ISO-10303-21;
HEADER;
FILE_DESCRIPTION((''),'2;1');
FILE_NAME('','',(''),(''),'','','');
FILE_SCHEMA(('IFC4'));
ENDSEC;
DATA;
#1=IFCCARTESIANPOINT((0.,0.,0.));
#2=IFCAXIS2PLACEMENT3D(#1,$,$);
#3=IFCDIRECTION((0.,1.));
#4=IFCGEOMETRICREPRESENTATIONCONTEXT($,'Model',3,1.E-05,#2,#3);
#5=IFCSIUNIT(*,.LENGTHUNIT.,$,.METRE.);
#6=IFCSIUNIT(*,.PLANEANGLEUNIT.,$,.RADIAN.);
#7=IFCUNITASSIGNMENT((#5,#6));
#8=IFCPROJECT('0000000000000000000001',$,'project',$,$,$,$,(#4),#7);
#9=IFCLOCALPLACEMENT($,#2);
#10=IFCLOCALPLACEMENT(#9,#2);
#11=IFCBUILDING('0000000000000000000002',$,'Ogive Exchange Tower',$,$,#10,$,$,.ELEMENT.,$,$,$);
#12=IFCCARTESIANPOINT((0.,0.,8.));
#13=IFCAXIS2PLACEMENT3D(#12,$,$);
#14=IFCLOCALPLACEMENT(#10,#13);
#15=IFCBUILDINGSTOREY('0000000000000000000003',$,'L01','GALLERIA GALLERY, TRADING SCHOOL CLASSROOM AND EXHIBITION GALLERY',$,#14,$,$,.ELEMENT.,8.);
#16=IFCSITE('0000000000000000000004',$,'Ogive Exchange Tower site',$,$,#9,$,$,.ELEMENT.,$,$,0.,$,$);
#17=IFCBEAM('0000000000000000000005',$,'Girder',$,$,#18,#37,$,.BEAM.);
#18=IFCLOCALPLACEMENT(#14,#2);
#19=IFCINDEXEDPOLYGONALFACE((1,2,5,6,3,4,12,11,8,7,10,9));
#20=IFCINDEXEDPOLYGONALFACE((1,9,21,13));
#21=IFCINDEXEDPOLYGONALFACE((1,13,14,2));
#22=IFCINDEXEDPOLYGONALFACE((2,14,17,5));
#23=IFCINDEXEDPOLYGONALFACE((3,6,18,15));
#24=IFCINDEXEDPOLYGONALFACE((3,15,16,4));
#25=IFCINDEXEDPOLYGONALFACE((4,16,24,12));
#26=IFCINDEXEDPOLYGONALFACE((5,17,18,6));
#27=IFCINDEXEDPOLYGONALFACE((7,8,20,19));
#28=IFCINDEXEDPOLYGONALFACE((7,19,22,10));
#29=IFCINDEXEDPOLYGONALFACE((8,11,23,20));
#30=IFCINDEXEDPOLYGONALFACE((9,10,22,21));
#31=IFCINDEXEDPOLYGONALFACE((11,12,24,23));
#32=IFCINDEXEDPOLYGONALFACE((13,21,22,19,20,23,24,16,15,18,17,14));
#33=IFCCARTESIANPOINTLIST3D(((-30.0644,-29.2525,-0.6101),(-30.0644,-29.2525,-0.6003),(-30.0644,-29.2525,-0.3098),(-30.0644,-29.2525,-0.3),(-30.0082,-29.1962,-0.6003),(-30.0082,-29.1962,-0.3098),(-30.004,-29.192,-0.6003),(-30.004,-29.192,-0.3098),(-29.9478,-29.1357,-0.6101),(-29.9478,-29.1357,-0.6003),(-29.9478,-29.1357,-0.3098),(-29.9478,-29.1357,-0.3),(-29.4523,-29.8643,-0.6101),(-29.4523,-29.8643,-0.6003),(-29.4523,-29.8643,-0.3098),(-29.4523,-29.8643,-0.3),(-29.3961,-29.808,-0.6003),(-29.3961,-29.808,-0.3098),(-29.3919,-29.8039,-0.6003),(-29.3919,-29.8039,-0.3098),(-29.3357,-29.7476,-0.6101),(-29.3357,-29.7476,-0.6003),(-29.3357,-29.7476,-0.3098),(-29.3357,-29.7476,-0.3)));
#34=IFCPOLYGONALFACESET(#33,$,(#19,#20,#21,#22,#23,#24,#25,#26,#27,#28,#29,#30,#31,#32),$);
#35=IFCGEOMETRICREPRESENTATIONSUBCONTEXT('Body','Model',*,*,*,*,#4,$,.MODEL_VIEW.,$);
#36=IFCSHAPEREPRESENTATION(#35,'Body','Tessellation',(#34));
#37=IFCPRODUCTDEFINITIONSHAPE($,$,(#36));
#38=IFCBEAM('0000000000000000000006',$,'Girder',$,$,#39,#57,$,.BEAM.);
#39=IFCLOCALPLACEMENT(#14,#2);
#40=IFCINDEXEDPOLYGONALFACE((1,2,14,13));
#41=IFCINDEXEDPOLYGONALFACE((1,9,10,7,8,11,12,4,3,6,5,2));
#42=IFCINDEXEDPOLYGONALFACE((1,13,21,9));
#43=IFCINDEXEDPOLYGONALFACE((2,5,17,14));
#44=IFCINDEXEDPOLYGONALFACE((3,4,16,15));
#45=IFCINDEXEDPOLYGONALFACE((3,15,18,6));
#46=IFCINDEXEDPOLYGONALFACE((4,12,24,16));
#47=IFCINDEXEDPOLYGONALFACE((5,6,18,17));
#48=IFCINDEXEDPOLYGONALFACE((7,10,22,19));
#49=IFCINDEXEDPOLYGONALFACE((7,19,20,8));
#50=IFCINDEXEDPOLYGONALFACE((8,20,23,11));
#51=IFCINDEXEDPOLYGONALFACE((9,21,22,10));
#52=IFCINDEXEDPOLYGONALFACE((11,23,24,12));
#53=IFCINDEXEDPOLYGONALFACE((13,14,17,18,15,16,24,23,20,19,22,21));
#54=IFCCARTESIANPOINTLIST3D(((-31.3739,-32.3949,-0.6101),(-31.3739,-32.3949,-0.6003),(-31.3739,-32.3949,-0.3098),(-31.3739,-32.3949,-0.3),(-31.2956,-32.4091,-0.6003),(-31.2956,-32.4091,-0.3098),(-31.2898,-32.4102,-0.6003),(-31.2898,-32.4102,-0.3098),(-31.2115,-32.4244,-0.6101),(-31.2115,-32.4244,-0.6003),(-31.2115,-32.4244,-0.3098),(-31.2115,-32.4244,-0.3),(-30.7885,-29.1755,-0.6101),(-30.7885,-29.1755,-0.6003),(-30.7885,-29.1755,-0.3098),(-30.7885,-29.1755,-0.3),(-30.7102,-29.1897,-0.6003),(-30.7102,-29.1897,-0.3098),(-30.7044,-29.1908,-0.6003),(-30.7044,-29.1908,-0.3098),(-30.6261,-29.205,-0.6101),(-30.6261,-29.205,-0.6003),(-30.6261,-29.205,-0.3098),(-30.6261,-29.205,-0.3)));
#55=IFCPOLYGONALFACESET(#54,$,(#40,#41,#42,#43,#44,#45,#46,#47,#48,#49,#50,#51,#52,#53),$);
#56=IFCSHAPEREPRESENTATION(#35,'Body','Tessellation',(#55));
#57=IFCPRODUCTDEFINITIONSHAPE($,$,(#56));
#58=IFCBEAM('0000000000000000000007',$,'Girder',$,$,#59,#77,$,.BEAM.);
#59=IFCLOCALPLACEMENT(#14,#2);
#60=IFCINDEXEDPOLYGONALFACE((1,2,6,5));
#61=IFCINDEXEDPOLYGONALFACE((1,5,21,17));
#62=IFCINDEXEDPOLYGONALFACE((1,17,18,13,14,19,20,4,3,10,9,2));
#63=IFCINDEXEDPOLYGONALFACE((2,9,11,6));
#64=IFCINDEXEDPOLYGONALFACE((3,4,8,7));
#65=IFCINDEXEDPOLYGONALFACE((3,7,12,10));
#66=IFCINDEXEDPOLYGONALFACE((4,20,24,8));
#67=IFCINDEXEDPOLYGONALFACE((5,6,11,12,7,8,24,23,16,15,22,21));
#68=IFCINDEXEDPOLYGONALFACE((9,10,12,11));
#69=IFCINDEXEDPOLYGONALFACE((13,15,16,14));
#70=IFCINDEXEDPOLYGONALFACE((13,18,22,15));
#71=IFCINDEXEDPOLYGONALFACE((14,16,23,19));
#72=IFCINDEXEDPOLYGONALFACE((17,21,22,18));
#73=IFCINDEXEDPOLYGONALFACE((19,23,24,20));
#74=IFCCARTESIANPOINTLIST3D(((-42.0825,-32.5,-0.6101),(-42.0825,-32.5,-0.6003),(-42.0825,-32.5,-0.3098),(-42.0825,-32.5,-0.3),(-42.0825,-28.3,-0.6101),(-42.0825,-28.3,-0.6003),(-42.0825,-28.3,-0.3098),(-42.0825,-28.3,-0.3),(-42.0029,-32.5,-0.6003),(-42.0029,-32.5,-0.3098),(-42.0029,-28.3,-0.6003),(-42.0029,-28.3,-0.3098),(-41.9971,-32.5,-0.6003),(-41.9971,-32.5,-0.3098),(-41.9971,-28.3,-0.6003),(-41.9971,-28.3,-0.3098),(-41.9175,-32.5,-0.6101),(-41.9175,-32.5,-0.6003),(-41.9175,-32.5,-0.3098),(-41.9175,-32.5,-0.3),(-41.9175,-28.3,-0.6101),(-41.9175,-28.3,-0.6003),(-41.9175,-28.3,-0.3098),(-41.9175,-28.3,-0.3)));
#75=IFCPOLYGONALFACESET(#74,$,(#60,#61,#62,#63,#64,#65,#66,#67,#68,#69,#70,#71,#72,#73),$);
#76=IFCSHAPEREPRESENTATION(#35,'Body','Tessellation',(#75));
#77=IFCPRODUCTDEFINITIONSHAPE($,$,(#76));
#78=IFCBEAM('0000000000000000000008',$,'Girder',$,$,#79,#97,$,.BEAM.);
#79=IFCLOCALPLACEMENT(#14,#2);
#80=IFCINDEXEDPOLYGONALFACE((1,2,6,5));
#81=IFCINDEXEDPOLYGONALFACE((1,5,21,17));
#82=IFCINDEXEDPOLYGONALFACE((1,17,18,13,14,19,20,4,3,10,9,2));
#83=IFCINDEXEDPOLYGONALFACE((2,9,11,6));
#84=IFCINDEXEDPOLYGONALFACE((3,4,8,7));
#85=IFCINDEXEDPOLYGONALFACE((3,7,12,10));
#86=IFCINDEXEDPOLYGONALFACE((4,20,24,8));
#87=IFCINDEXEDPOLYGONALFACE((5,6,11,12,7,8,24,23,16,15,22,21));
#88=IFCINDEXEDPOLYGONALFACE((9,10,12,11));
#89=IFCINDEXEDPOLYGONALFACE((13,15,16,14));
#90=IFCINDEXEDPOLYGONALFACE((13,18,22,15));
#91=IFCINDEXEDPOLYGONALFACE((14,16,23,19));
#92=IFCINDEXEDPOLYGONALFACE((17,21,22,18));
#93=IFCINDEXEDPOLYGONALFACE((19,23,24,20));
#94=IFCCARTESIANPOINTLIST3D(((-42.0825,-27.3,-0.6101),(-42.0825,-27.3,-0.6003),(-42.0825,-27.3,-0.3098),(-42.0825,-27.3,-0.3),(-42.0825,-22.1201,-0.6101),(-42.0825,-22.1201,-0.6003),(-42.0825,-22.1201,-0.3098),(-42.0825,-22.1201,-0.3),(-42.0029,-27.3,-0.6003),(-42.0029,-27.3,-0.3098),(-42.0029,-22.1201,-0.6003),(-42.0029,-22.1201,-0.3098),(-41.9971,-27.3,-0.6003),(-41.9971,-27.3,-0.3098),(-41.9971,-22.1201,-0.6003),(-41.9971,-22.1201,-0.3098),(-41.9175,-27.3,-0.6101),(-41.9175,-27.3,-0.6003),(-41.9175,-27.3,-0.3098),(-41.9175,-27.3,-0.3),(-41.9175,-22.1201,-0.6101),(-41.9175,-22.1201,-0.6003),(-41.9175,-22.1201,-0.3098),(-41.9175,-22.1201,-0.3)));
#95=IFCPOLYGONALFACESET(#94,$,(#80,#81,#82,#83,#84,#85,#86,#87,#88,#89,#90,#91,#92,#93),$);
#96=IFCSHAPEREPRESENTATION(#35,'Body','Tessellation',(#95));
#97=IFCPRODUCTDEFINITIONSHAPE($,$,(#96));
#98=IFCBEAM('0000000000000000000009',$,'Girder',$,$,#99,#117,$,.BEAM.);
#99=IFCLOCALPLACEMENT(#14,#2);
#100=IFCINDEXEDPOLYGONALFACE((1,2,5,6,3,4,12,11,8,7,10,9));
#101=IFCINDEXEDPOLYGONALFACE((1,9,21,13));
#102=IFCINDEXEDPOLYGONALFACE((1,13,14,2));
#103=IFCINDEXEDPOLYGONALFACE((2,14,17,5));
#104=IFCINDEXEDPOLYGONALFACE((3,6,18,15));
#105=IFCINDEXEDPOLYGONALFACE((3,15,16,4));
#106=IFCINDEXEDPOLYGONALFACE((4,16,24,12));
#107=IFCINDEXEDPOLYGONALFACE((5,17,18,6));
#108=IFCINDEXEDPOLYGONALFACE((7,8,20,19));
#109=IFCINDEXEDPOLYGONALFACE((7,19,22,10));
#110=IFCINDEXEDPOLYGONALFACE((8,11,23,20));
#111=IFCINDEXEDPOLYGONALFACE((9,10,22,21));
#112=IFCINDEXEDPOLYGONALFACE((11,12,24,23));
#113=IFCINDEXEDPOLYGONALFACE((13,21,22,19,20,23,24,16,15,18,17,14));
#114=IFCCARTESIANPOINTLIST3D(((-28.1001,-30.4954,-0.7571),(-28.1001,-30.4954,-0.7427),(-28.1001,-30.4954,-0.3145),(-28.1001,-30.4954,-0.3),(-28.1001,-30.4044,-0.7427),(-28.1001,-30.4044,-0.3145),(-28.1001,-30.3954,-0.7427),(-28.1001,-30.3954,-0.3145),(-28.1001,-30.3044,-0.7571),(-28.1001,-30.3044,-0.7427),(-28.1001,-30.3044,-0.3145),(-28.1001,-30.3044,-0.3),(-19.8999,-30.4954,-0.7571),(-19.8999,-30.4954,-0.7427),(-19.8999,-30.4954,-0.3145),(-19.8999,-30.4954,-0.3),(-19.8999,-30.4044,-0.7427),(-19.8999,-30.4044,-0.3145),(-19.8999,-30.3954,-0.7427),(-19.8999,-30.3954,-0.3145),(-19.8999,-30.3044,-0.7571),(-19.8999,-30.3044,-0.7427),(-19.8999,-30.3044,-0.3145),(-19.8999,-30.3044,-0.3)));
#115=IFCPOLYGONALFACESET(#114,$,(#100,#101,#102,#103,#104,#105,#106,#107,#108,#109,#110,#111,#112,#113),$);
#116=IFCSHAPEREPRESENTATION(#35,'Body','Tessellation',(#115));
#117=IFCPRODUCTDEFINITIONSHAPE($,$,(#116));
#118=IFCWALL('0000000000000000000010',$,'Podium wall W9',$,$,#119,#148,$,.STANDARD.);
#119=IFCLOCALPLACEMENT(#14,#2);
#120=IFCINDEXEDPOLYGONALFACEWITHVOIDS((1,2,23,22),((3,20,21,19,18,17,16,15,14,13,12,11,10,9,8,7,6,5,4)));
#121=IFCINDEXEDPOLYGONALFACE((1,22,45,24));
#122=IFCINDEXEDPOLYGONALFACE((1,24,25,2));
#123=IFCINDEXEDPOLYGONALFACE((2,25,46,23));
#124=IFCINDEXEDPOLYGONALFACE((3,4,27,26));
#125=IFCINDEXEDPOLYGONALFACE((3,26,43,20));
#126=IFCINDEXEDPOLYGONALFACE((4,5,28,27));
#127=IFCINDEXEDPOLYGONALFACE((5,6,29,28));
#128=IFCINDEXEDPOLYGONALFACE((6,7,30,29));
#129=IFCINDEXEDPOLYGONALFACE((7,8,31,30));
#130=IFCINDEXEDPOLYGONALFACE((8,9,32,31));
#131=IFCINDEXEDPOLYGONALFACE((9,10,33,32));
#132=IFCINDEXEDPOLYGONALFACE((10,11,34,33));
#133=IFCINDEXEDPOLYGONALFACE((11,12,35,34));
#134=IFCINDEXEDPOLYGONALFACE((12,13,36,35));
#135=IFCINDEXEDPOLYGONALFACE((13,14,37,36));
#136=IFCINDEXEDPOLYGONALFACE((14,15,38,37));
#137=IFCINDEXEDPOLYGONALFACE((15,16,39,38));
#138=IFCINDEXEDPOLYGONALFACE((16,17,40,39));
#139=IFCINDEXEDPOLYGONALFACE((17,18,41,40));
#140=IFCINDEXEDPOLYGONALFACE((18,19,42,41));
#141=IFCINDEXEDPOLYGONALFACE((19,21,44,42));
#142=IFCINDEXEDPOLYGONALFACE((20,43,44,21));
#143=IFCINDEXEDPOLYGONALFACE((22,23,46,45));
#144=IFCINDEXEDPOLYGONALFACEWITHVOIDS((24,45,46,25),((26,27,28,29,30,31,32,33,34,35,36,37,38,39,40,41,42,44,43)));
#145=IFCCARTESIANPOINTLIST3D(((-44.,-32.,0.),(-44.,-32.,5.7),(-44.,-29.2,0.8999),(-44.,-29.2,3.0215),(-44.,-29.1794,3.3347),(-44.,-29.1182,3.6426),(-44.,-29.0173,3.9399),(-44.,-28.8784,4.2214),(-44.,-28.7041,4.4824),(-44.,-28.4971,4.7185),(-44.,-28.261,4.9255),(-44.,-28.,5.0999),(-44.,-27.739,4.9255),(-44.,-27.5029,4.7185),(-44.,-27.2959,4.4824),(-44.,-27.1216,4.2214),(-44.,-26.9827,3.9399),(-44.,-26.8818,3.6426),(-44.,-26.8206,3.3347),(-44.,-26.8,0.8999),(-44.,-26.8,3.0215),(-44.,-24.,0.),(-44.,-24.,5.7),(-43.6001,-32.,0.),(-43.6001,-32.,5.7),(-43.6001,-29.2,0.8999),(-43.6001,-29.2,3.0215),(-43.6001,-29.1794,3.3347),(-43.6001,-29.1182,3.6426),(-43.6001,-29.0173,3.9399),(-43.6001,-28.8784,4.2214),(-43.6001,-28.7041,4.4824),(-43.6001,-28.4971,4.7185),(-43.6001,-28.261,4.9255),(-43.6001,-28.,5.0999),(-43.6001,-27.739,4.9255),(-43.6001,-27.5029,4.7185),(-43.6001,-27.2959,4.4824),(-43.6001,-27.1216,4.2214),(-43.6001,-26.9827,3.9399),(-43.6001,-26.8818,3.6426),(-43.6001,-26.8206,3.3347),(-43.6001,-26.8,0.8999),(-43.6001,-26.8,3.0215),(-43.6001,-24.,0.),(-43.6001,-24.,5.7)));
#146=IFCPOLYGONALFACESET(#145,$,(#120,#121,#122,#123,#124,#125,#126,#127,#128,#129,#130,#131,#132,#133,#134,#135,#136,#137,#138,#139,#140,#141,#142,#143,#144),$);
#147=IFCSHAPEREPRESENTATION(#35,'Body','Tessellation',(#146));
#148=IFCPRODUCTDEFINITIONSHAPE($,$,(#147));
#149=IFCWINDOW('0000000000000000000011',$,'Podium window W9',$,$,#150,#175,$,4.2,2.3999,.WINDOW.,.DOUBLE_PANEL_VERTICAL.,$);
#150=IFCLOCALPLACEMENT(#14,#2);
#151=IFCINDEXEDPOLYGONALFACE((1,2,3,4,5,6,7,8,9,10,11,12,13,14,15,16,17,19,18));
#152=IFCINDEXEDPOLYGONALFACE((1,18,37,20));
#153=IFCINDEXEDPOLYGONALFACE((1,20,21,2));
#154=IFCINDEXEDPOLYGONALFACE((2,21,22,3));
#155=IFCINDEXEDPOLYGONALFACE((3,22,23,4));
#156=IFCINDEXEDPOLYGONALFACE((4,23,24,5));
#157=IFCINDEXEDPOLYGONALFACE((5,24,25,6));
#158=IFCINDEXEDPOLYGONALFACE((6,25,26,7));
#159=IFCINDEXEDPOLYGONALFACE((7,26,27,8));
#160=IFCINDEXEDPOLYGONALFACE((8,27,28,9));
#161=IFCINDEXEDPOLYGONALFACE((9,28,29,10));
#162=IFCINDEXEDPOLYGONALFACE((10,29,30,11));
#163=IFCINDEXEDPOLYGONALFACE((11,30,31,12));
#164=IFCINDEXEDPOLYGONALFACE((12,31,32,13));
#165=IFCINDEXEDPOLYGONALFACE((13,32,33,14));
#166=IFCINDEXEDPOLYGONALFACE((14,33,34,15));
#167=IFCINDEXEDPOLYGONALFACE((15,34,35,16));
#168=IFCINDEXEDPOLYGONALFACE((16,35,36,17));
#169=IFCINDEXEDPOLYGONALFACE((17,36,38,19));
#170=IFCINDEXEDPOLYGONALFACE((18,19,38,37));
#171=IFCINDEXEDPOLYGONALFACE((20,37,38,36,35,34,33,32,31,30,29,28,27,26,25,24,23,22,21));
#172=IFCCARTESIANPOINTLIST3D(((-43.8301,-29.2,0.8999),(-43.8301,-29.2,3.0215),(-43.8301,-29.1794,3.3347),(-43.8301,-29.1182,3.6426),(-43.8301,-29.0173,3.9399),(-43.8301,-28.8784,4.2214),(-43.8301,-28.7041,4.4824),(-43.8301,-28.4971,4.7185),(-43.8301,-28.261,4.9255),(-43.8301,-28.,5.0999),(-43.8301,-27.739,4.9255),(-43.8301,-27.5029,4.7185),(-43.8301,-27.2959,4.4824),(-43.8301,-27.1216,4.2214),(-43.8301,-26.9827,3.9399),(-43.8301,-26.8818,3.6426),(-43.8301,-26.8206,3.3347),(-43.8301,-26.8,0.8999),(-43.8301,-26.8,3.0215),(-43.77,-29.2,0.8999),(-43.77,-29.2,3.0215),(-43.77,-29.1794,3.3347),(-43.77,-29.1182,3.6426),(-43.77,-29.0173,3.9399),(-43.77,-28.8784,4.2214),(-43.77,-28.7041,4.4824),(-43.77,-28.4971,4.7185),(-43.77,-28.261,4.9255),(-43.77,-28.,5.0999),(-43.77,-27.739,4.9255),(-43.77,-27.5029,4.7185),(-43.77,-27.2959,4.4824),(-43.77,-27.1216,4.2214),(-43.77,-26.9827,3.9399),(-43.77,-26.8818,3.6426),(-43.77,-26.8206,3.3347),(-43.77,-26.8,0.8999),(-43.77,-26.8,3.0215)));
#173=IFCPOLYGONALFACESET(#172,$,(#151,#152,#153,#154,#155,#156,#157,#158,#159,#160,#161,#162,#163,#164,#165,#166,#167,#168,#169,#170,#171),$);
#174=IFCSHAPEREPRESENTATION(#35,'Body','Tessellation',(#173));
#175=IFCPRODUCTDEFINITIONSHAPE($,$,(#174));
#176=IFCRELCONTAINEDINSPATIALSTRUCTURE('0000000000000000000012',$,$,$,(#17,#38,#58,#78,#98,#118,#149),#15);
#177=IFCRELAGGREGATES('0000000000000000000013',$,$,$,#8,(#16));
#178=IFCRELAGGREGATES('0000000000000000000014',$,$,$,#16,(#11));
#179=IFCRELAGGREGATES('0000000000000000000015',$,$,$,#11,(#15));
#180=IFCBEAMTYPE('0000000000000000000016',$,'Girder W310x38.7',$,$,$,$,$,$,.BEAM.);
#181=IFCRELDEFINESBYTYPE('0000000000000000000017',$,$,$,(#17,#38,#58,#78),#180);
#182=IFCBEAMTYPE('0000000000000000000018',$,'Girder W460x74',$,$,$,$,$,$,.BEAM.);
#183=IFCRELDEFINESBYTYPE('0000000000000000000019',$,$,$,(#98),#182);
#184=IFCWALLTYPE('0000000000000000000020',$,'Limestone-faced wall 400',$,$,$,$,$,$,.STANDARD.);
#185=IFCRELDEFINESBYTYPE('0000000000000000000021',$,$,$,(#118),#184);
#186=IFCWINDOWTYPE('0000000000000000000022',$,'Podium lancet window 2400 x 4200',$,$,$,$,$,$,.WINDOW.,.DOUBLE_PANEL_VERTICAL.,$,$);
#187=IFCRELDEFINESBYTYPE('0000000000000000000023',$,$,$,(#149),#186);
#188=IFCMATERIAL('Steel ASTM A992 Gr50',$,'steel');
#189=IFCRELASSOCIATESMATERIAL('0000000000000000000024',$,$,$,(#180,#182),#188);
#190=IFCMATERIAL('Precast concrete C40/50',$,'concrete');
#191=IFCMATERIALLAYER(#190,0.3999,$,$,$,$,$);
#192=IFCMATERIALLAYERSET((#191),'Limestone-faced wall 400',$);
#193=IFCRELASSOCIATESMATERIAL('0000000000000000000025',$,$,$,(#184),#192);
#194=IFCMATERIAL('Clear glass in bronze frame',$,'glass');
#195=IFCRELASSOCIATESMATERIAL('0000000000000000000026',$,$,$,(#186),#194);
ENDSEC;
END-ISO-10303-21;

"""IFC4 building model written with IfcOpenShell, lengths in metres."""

from ifc_helpers import new_model, si_unit, direction, frame, frame_2d, origin, origin_2d, place, context, subcontext, project, spatial, polyline, rectangle, i_section, outline, extrude, material, layer, layer_set, material_profile, profile_set, type_object, element, fill, save


model = new_model("IFC4")

# Units and contexts
model_context = context("Model", 3, precision=1e-05, world=origin(), true_north=direction((0.0, 1.0)))
body_context = subcontext(model_context, "Body", "Model", "MODEL_VIEW")
ifc_project = project(units=[si_unit("LENGTHUNIT", "METRE"), si_unit("PLANEANGLEUNIT", "RADIAN")], contexts=[model_context])

# Site, building, storey
site_placement = place(None, origin())
site = spatial("IfcSite", under=ifc_project, at=site_placement, Name="Ogive Exchange Tower site", CompositionType="ELEMENT", RefElevation=0.0)
building_placement = place(site_placement, origin())
building = spatial("IfcBuilding", under=site, at=building_placement, Name="Ogive Exchange Tower", CompositionType="ELEMENT")
storey_placement = place(building_placement, frame((0.0, 0.0, 8.0)))
storey = spatial("IfcBuildingStorey", under=building, at=storey_placement, Name="L01", Description="GALLERIA GALLERY, TRADING SCHOOL CLASSROOM AND EXHIBITION GALLERY", CompositionType="ELEMENT", Elevation=8.0)

# Beams
ifc_material_1 = material(Name="Steel ASTM A992 Gr50", Category="steel")
ifc_material_profile_1 = material_profile(ifc_material_1, i_section(OverallWidth=0.165, OverallDepth=0.3101, WebThickness=0.0059, FlangeThickness=0.0098, at=origin_2d()), Name="W310x38.7")
ifc_profile_set_1 = profile_set([ifc_material_profile_1], Name="Steel ASTM A992 Gr50")
beam_type_1 = type_object("IfcBeamType", Name="Girder W310x38.7", PredefinedType="BEAM", material=ifc_profile_set_1)
for number, where, z_axis, x_axis, name in (
    (1, (-30.0061, -29.1941, -0.4551), (0.707248, -0.706966, 0.0), (0.706966, 0.707248, 0.0), "Girder"),
):
    element("IfcBeam", number, at=place(storey_placement, frame(where, z_axis=z_axis, x_axis=x_axis)), inside=storey, type_object=beam_type_1, Name=name, PredefinedType="BEAM", context=body_context, shape_type="SweptSolid", body=[
        extrude(i_section(OverallWidth=0.165, OverallDepth=0.3101, WebThickness=0.0059, FlangeThickness=0.0098, at=origin_2d()), origin(), (0.0, 0.0, 1.0), 0.8655),
    ])
beam_1_placement = place(storey_placement, frame((-31.2927, -32.4097, -0.4551), z_axis=(0.178912, 0.983865, 0.0), x_axis=(-0.983865, 0.178912, 0.0)))
element("IfcBeam", 2, at=beam_1_placement, inside=storey, type_object=beam_type_1, Name="Girder", PredefinedType="BEAM", context=body_context, shape_type="SweptSolid", body=[
    extrude(i_section(OverallWidth=0.165, OverallDepth=0.3101, WebThickness=0.0059, FlangeThickness=0.0098, at=origin_2d()), origin(), (0.0, 0.0, 1.0), 3.2722),
])
beam_2_placement = place(storey_placement, frame((-42.0, -32.5, -0.4551), z_axis=(0.0, 1.0, 0.0), x_axis=(-1.0, 0.0, 0.0)))
element("IfcBeam", 3, at=beam_2_placement, inside=storey, type_object=beam_type_1, Name="Girder", PredefinedType="BEAM", context=body_context, shape_type="SweptSolid", body=[
    extrude(i_section(OverallWidth=0.165, OverallDepth=0.3101, WebThickness=0.0059, FlangeThickness=0.0098, at=origin_2d()), origin(), (0.0, 0.0, 1.0), 4.2),
])
beam_3_placement = place(storey_placement, frame((-42.0, -27.3, -0.4551), z_axis=(0.0, 1.0, 0.0), x_axis=(-1.0, 0.0, 0.0)))
element("IfcBeam", 4, at=beam_3_placement, inside=storey, type_object=beam_type_1, Name="Girder", PredefinedType="BEAM", context=body_context, shape_type="SweptSolid", body=[
    extrude(i_section(OverallWidth=0.165, OverallDepth=0.3101, WebThickness=0.0059, FlangeThickness=0.0098, at=origin_2d()), origin(), (0.0, 0.0, 1.0), 5.1799),
])
ifc_material_profile_2 = material_profile(ifc_material_1, i_section(OverallWidth=0.1909, OverallDepth=0.457, WebThickness=0.009, FlangeThickness=0.0144, at=origin_2d()), Name="W460x74")
ifc_profile_set_2 = profile_set([ifc_material_profile_2], Name="Steel ASTM A992 Gr50")
beam_type_2 = type_object("IfcBeamType", Name="Girder W460x74", PredefinedType="BEAM", material=ifc_profile_set_2)
beam_4_placement = place(storey_placement, frame((-28.1001, -30.3999, -0.5286), z_axis=(1.0, 0.0, 0.0), x_axis=(0.0, 1.0, 0.0)))
element("IfcBeam", 5, at=beam_4_placement, inside=storey, type_object=beam_type_2, Name="Girder", PredefinedType="BEAM", context=body_context, shape_type="SweptSolid", body=[
    extrude(i_section(OverallWidth=0.1909, OverallDepth=0.457, WebThickness=0.009, FlangeThickness=0.0144, at=origin_2d()), origin(), (0.0, 0.0, 1.0), 8.2002),
])

# Wall, opening, window
ifc_material_2 = material(Name="Precast concrete C40/50", Category="concrete")
ifc_layer_1 = layer(ifc_material_2, 0.3999)
ifc_layer_set_1 = layer_set([ifc_layer_1], Name="Limestone-faced wall 400")
wall_type_1 = type_object("IfcWallType", Name="Limestone-faced wall 400", PredefinedType="STANDARD", material=ifc_layer_set_1)
wall_1_placement = place(storey_placement, frame((-43.8, -24.0, 0.0), z_axis=(0.0, 0.0, 1.0), x_axis=(0.0, -1.0, 0.0)))
wall_1 = element("IfcWall", 6, at=wall_1_placement, inside=storey, type_object=wall_type_1, Name="Podium wall W9", PredefinedType="STANDARD", context=body_context, shape_type="SweptSolid", body=[
    extrude(rectangle(XDim=8.0, YDim=0.3999, at=frame_2d((4.0, 0.0))), origin(), (0.0, 0.0, 1.0), 5.7),
])
opening_1_placement = place(wall_1_placement, frame((2.8, 0.0, 0.8999)))
opening_1 = element("IfcOpeningElement", 7, at=opening_1_placement, cuts=wall_1, PredefinedType="OPENING", context=body_context, shape_type="SweptSolid", body=[
    extrude(outline(polyline([(0.0, 0.0), (2.3999, 0.0), (2.3999, 2.1216), (2.3794, 2.4348), (2.3181, 2.7427), (2.2173, 3.04), (2.0784, 3.3215), (1.9041, 3.5825), (1.697, 3.8186), (1.4609, 4.0256), (1.2, 4.2), (0.939, 4.0256), (0.7029, 3.8186), (0.4958, 3.5825), (0.3215, 3.3215), (0.1826, 3.04), (0.0818, 2.7427), (0.0205, 2.4348), (0.0, 2.1216), (0.0, 0.0)])), frame((0.0, 0.21, 0.0), z_axis=(0.0, -1.0, 0.0), x_axis=(1.0, 0.0, 0.0)), (0.0, 0.0, 1.0), 0.4199),
])
ifc_material_3 = material(Name="Clear glass in bronze frame", Category="glass")
window_type_1 = type_object("IfcWindowType", Name="Podium lancet window 2400 x 4200", PartitioningType="DOUBLE_PANEL_VERTICAL", PredefinedType="WINDOW", material=ifc_material_3)
window_1_placement = place(opening_1_placement, origin())
window_1 = element("IfcWindow", 8, at=window_1_placement, inside=storey, type_object=window_type_1, Name="Podium window W9", OverallHeight=4.2, OverallWidth=2.3999, PartitioningType="DOUBLE_PANEL_VERTICAL", PredefinedType="WINDOW", context=body_context, shape_type="SweptSolid", body=[
    extrude(outline(polyline([(0.0, 0.0), (2.3999, 0.0), (2.3999, 2.1216), (2.3794, 2.4348), (2.3181, 2.7427), (2.2173, 3.04), (2.0784, 3.3215), (1.9041, 3.5825), (1.697, 3.8186), (1.4609, 4.0256), (1.2, 4.2), (0.939, 4.0256), (0.7029, 3.8186), (0.4958, 3.5825), (0.3215, 3.3215), (0.1826, 3.04), (0.0818, 2.7427), (0.0205, 2.4348), (0.0, 2.1216), (0.0, 0.0)])), frame((0.0, 0.03, 0.0), z_axis=(0.0, -1.0, 0.0), x_axis=(1.0, 0.0, 0.0)), (0.0, 0.0, 1.0), 0.0601),
])
fill(opening_1, window_1)

save(model, "model.ifc")
